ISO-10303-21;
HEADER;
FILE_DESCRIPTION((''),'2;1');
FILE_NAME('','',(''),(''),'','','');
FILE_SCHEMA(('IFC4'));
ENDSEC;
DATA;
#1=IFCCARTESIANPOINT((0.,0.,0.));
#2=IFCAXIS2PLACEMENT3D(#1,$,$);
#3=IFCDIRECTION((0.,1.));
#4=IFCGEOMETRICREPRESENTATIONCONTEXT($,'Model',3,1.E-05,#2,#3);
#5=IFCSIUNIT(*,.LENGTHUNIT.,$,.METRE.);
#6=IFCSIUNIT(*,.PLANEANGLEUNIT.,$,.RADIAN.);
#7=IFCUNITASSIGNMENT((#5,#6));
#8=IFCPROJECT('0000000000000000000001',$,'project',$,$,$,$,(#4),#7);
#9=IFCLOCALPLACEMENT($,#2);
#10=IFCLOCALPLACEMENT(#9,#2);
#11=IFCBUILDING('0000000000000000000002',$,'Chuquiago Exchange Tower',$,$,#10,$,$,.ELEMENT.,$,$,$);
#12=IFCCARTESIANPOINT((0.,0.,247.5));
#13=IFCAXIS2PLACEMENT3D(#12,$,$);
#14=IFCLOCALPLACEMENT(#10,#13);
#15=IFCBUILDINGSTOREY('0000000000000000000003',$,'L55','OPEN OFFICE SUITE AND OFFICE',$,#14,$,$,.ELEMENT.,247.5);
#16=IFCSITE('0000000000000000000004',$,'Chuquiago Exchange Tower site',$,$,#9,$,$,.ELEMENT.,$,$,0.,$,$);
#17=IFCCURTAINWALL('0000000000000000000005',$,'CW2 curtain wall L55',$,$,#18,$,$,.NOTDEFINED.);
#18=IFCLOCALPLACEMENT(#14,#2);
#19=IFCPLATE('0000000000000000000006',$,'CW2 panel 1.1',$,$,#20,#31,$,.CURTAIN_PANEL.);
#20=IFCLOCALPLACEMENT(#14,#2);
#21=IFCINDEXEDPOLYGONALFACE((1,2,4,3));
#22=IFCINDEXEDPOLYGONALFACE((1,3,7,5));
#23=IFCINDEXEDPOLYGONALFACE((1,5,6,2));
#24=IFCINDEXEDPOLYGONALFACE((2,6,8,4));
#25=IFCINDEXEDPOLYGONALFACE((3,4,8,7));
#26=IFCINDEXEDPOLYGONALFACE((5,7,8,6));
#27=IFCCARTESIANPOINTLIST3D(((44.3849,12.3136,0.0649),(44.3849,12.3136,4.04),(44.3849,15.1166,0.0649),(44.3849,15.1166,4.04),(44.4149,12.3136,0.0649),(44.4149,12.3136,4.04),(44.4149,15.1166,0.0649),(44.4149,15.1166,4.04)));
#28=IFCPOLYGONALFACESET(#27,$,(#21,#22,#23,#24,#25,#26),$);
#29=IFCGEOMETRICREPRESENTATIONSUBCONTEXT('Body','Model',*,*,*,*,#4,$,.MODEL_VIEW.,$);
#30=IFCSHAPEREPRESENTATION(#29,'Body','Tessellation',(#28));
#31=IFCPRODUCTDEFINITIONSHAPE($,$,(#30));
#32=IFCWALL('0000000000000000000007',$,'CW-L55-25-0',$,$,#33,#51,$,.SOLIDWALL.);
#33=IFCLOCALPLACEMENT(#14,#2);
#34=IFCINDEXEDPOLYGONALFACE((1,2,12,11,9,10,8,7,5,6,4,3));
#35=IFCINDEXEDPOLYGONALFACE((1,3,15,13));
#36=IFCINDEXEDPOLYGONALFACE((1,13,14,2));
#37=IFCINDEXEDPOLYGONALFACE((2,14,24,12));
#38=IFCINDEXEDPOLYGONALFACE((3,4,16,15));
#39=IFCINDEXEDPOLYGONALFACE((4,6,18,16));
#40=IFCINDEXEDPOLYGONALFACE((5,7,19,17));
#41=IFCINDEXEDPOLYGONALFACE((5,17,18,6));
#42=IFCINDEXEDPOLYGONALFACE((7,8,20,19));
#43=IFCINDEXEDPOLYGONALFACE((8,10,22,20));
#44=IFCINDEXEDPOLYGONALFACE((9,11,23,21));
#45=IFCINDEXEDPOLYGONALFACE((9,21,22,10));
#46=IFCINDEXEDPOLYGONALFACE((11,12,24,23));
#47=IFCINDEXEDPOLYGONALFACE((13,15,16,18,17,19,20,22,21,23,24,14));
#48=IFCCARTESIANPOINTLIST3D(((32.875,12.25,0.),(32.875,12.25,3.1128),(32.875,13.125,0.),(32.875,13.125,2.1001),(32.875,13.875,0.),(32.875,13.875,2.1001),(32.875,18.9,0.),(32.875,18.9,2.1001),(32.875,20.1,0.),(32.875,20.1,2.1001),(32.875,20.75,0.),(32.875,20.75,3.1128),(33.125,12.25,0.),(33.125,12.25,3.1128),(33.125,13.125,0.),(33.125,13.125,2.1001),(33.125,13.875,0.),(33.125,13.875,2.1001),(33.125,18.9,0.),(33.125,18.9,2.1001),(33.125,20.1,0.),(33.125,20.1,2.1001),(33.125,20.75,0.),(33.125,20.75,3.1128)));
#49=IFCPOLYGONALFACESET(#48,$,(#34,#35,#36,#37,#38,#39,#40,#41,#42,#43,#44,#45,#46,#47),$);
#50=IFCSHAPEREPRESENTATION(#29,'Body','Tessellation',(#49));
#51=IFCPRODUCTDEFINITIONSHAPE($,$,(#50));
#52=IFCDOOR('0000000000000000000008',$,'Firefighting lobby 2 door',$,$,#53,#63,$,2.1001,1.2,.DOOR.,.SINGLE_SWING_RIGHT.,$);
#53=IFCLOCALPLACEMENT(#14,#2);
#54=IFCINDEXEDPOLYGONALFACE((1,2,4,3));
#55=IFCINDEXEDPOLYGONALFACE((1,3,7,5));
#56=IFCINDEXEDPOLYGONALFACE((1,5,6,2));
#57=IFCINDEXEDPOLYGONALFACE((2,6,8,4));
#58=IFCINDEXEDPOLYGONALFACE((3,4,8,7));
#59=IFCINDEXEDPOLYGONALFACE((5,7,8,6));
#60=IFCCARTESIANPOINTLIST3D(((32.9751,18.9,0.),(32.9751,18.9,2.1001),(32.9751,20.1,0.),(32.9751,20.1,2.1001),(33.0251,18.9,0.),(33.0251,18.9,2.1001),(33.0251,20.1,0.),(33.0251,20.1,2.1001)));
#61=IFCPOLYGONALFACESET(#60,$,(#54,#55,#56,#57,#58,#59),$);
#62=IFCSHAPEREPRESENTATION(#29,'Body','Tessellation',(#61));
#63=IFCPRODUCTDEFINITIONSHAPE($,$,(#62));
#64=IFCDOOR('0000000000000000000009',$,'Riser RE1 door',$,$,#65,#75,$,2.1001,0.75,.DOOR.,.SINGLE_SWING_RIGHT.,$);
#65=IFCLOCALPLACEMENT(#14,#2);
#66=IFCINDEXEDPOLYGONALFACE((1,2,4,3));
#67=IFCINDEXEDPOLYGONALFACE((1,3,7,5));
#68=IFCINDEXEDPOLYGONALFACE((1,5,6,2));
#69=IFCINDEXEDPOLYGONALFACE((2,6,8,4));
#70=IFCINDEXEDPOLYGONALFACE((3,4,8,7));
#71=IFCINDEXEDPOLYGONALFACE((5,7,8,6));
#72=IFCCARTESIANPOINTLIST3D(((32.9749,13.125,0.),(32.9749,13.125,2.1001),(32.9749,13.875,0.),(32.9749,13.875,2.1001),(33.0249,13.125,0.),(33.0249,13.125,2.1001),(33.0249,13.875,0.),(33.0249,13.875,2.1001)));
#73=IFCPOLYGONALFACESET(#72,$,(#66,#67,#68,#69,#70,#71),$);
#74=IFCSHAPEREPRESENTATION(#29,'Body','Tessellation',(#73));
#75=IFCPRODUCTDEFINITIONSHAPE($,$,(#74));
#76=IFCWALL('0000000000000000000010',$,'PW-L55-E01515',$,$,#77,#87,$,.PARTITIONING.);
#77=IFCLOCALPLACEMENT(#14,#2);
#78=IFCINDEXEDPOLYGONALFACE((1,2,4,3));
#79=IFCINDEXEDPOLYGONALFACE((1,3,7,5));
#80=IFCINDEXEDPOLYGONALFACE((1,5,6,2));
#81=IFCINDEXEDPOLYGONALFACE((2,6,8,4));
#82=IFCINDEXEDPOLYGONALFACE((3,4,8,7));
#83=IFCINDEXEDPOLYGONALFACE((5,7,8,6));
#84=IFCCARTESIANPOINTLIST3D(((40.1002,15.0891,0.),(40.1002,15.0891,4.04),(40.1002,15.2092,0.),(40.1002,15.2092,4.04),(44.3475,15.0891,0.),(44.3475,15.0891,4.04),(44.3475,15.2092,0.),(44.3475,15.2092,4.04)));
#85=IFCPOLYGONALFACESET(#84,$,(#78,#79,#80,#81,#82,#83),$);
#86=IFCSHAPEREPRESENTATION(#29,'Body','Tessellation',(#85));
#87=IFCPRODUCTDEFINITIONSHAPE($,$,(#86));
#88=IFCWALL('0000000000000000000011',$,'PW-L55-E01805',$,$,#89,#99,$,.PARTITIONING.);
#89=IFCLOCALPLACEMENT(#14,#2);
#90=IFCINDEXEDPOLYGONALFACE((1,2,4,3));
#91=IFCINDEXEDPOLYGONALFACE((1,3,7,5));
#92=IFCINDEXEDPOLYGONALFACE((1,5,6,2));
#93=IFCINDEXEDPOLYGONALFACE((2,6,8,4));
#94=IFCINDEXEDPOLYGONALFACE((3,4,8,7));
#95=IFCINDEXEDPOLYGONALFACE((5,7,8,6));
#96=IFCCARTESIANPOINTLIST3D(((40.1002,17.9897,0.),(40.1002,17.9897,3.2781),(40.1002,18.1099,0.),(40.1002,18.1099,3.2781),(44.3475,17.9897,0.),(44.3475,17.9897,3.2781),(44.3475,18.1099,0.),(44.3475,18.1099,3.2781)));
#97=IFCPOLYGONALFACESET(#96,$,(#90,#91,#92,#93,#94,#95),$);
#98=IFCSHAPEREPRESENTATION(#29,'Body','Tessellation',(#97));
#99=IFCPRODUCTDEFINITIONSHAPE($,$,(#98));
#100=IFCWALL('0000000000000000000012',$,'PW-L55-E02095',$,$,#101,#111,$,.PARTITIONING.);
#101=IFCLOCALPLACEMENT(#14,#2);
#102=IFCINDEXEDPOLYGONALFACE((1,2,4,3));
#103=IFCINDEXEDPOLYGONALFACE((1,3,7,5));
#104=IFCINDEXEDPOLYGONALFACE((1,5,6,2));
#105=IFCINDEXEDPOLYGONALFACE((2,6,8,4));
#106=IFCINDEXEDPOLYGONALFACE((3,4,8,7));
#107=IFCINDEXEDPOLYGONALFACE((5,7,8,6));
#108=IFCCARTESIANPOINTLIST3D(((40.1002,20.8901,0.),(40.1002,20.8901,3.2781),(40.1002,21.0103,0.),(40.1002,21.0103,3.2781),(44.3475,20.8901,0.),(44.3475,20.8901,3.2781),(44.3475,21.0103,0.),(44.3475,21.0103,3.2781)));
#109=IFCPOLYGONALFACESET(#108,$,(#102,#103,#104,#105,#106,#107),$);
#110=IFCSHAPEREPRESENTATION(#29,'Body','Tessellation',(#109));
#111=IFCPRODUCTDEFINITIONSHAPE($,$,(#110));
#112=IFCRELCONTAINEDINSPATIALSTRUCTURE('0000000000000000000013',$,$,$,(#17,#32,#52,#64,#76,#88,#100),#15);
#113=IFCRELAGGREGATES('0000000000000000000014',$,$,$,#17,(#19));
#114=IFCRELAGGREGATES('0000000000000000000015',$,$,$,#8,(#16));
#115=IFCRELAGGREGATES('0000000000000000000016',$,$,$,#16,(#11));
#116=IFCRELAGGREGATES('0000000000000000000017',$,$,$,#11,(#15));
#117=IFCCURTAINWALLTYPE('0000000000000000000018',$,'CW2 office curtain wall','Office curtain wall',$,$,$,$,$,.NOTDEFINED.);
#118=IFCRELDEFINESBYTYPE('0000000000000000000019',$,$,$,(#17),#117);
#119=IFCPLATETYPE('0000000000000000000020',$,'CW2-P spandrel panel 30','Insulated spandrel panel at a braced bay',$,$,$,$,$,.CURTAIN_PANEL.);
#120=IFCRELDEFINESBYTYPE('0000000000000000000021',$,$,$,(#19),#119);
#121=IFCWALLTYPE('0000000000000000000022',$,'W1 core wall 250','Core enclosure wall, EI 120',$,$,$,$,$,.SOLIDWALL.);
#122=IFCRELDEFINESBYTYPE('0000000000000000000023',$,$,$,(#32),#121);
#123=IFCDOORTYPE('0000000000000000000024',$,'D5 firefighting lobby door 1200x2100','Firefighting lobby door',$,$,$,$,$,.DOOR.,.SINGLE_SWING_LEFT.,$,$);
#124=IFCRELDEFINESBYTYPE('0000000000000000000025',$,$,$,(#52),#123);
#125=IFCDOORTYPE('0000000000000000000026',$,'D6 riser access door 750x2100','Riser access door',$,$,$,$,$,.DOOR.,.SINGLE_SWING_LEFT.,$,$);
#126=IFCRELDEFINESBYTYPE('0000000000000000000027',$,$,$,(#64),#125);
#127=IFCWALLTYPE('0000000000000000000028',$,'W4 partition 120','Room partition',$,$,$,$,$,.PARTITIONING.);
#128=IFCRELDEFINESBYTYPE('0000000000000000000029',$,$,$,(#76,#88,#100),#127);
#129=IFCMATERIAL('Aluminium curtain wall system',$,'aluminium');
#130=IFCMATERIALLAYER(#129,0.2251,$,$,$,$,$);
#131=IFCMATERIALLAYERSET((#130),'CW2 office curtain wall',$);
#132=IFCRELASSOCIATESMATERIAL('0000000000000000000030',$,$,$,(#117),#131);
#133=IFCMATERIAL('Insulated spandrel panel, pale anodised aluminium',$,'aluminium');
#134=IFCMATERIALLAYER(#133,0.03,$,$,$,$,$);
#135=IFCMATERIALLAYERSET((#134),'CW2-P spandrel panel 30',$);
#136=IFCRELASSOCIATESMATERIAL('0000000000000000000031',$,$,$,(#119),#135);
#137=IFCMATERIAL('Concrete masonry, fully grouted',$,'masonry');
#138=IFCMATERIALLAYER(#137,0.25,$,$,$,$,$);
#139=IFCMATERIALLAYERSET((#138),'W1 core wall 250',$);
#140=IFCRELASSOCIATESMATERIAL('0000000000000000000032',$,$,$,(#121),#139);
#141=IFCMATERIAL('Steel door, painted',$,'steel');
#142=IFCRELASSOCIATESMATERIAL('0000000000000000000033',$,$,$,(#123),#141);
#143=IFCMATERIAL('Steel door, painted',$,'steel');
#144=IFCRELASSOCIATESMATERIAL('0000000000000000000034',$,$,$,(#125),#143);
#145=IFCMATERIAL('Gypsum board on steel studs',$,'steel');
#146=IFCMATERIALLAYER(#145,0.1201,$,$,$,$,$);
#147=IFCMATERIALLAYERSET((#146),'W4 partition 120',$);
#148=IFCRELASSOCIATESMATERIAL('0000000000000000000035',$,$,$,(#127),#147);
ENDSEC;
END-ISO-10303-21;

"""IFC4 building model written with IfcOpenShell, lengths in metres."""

from ifc_helpers import new_model, si_unit, direction, frame, frame_2d, origin, origin_2d, place, context, subcontext, project, spatial, rectangle, extrude, material, layer, layer_set, type_object, element, fill, aggregate, save


model = new_model("IFC4")

# Units and contexts
model_context = context("Model", 3, precision=1e-05, world=origin(), true_north=direction((0.0, 1.0)))
body_context = subcontext(model_context, "Body", "Model", "MODEL_VIEW")
ifc_project = project(units=[si_unit("LENGTHUNIT", "METRE"), si_unit("PLANEANGLEUNIT", "RADIAN")], contexts=[model_context])

# Site, building, storey
site_placement = place(None, origin())
site = spatial("IfcSite", under=ifc_project, at=site_placement, Name="Chuquiago Exchange Tower site", CompositionType="ELEMENT", RefElevation=0.0)
building_placement = place(site_placement, origin())
building = spatial("IfcBuilding", under=site, at=building_placement, Name="Chuquiago Exchange Tower", CompositionType="ELEMENT")
storey_placement = place(building_placement, frame((0.0, 0.0, 247.5)))
storey = spatial("IfcBuildingStorey", under=building, at=storey_placement, Name="L55", Description="OPEN OFFICE SUITE AND OFFICE", CompositionType="ELEMENT", Elevation=247.5)

# Curtain wall
ifc_material_1 = material(Name="Aluminium curtain wall system", Category="aluminium")
ifc_layer_1 = layer(ifc_material_1, 0.2251)
ifc_layer_set_1 = layer_set([ifc_layer_1], Name="CW2 office curtain wall")
curtain_wall_type_1 = type_object("IfcCurtainWallType", Name="CW2 office curtain wall", Description="Office curtain wall", PredefinedType="NOTDEFINED", material=ifc_layer_set_1)
curtain_wall_1_placement = place(storey_placement, origin())
curtain_wall_1 = element("IfcCurtainWall", 1, at=curtain_wall_1_placement, inside=storey, type_object=curtain_wall_type_1, Name="CW2 curtain wall L55", PredefinedType="NOTDEFINED")

# Plate
ifc_material_2 = material(Name="Insulated spandrel panel, pale anodised aluminium", Category="aluminium")
ifc_layer_2 = layer(ifc_material_2, 0.03)
ifc_layer_set_2 = layer_set([ifc_layer_2], Name="CW2-P spandrel panel 30")
plate_type = type_object("IfcPlateType", Name="CW2-P spandrel panel 30", Description="Insulated spandrel panel at a braced bay", PredefinedType="CURTAIN_PANEL", material=ifc_layer_set_2)
plate_placement = place(storey_placement, frame((44.3999, 13.7151, 0.0649), z_axis=(0.0, 0.0, 1.0), x_axis=(0.0, 1.0, 0.0)))
plate = element("IfcPlate", 2, at=plate_placement, type_object=plate_type, Name="CW2 panel 1.1", PredefinedType="CURTAIN_PANEL", context=body_context, shape_type="SweptSolid", body=[
    extrude(rectangle(XDim=2.803, YDim=0.03, at=origin_2d()), origin(), (0.0, 0.0, 1.0), 3.9751),
])
aggregate(curtain_wall_1, [plate])

# Wall, openings, doors
ifc_material_3 = material(Name="Concrete masonry, fully grouted", Category="masonry")
ifc_layer_3 = layer(ifc_material_3, 0.25)
ifc_layer_set_3 = layer_set([ifc_layer_3], Name="W1 core wall 250")
wall_type_1 = type_object("IfcWallType", Name="W1 core wall 250", Description="Core enclosure wall, EI 120", PredefinedType="SOLIDWALL", material=ifc_layer_set_3)
wall_1_placement = place(storey_placement, frame((33.0, 12.25, 0.0), z_axis=(0.0, 0.0, 1.0), x_axis=(0.0, 1.0, 0.0)))
wall_1 = element("IfcWall", 3, at=wall_1_placement, inside=storey, type_object=wall_type_1, Name="CW-L55-25-0", PredefinedType="SOLIDWALL", context=body_context, shape_type="SweptSolid", body=[
    extrude(rectangle(XDim=8.5, YDim=0.25, at=frame_2d((4.25, 0.0))), origin(), (0.0, 0.0, 1.0), 3.1128),
])
opening_1_placement = place(wall_1_placement, frame((6.6499, 0.0, 0.0)))
opening_1 = element("IfcOpeningElement", 4, at=opening_1_placement, cuts=wall_1, PredefinedType="OPENING", context=body_context, shape_type="SweptSolid", body=[
    extrude(rectangle(XDim=1.2, YDim=2.1001, at=frame_2d((0.6001, 1.05))), frame((0.0, 0.135, 0.0), z_axis=(0.0, -1.0, 0.0), x_axis=(1.0, 0.0, 0.0)), (0.0, 0.0, 1.0), 0.27),
])
opening_2_placement = place(wall_1_placement, frame((0.875, 0.0, 0.0)))
opening_2 = element("IfcOpeningElement", 5, at=opening_2_placement, cuts=wall_1, PredefinedType="OPENING", context=body_context, shape_type="SweptSolid", body=[
    extrude(rectangle(XDim=0.75, YDim=2.1001, at=frame_2d((0.375, 1.05))), frame((0.0, 0.135, 0.0), z_axis=(0.0, -1.0, 0.0), x_axis=(1.0, 0.0, 0.0)), (0.0, 0.0, 1.0), 0.27),
])
ifc_material_4 = material(Name="Steel door, painted", Category="steel")
door_type_1 = type_object("IfcDoorType", Name="D5 firefighting lobby door 1200x2100", Description="Firefighting lobby door", OperationType="SINGLE_SWING_LEFT", PredefinedType="DOOR", material=ifc_material_4)
door_1_placement = place(opening_1_placement, origin())
door_1 = element("IfcDoor", 6, at=door_1_placement, inside=storey, type_object=door_type_1, Name="Firefighting lobby 2 door", OperationType="SINGLE_SWING_RIGHT", OverallHeight=2.1001, OverallWidth=1.2, PredefinedType="DOOR", context=body_context, shape_type="SweptSolid", body=[
    extrude(rectangle(XDim=1.2, YDim=2.1001, at=frame_2d((0.6001, 1.05))), frame((0.0, 0.0249, 0.0), z_axis=(0.0, -1.0, 0.0), x_axis=(1.0, 0.0, 0.0)), (0.0, 0.0, 1.0), 0.05),
])
fill(opening_1, door_1)
ifc_material_5 = material(Name="Steel door, painted", Category="steel")
door_type_2 = type_object("IfcDoorType", Name="D6 riser access door 750x2100", Description="Riser access door", OperationType="SINGLE_SWING_LEFT", PredefinedType="DOOR", material=ifc_material_5)
door_2_placement = place(opening_2_placement, frame((0.75, 0.0, 0.0), z_axis=(0.0, 0.0, 1.0), x_axis=(-1.0, 0.0, 0.0)))
door_2 = element("IfcDoor", 7, at=door_2_placement, inside=storey, type_object=door_type_2, Name="Riser RE1 door", OperationType="SINGLE_SWING_RIGHT", OverallHeight=2.1001, OverallWidth=0.75, PredefinedType="DOOR", context=body_context, shape_type="SweptSolid", body=[
    extrude(rectangle(XDim=0.75, YDim=2.1001, at=frame_2d((0.375, 1.05))), frame((0.0, 0.0249, 0.0), z_axis=(0.0, -1.0, 0.0), x_axis=(1.0, 0.0, 0.0)), (0.0, 0.0, 1.0), 0.05),
])
fill(opening_2, door_2)

# Walls
ifc_material_6 = material(Name="Gypsum board on steel studs", Category="steel")
ifc_layer_4 = layer(ifc_material_6, 0.1201)
ifc_layer_set_4 = layer_set([ifc_layer_4], Name="W4 partition 120")
wall_type_2 = type_object("IfcWallType", Name="W4 partition 120", Description="Room partition", PredefinedType="PARTITIONING", material=ifc_layer_set_4)
wall_2_placement = place(storey_placement, frame((44.3474, 15.1492, 0.0), z_axis=(0.0, 0.0, 1.0), x_axis=(-1.0, 0.0, 0.0)))
element("IfcWall", 8, at=wall_2_placement, inside=storey, type_object=wall_type_2, Name="PW-L55-E01515", PredefinedType="PARTITIONING", context=body_context, shape_type="SweptSolid", body=[
    extrude(rectangle(XDim=4.2473, YDim=0.1201, at=frame_2d((2.1235, 0.0))), origin(), (0.0, 0.0, 1.0), 4.04),
])
for number, where, z_axis, x_axis, name in (
    (9, (44.3474, 18.0498, 0.0), (0.0, 0.0, 1.0), (-1.0, 0.0, 0.0), "PW-L55-E01805"),
    (10, (44.3474, 20.9502, 0.0), (0.0, 0.0, 1.0), (-1.0, 0.0, 0.0), "PW-L55-E02095"),
):
    element("IfcWall", number, at=place(storey_placement, frame(where, z_axis=z_axis, x_axis=x_axis)), inside=storey, type_object=wall_type_2, Name=name, PredefinedType="PARTITIONING", context=body_context, shape_type="SweptSolid", body=[
        extrude(rectangle(XDim=4.2473, YDim=0.1201, at=frame_2d((2.1235, 0.0))), origin(), (0.0, 0.0, 1.0), 3.2781),
    ])

save(model, "model.ifc")
